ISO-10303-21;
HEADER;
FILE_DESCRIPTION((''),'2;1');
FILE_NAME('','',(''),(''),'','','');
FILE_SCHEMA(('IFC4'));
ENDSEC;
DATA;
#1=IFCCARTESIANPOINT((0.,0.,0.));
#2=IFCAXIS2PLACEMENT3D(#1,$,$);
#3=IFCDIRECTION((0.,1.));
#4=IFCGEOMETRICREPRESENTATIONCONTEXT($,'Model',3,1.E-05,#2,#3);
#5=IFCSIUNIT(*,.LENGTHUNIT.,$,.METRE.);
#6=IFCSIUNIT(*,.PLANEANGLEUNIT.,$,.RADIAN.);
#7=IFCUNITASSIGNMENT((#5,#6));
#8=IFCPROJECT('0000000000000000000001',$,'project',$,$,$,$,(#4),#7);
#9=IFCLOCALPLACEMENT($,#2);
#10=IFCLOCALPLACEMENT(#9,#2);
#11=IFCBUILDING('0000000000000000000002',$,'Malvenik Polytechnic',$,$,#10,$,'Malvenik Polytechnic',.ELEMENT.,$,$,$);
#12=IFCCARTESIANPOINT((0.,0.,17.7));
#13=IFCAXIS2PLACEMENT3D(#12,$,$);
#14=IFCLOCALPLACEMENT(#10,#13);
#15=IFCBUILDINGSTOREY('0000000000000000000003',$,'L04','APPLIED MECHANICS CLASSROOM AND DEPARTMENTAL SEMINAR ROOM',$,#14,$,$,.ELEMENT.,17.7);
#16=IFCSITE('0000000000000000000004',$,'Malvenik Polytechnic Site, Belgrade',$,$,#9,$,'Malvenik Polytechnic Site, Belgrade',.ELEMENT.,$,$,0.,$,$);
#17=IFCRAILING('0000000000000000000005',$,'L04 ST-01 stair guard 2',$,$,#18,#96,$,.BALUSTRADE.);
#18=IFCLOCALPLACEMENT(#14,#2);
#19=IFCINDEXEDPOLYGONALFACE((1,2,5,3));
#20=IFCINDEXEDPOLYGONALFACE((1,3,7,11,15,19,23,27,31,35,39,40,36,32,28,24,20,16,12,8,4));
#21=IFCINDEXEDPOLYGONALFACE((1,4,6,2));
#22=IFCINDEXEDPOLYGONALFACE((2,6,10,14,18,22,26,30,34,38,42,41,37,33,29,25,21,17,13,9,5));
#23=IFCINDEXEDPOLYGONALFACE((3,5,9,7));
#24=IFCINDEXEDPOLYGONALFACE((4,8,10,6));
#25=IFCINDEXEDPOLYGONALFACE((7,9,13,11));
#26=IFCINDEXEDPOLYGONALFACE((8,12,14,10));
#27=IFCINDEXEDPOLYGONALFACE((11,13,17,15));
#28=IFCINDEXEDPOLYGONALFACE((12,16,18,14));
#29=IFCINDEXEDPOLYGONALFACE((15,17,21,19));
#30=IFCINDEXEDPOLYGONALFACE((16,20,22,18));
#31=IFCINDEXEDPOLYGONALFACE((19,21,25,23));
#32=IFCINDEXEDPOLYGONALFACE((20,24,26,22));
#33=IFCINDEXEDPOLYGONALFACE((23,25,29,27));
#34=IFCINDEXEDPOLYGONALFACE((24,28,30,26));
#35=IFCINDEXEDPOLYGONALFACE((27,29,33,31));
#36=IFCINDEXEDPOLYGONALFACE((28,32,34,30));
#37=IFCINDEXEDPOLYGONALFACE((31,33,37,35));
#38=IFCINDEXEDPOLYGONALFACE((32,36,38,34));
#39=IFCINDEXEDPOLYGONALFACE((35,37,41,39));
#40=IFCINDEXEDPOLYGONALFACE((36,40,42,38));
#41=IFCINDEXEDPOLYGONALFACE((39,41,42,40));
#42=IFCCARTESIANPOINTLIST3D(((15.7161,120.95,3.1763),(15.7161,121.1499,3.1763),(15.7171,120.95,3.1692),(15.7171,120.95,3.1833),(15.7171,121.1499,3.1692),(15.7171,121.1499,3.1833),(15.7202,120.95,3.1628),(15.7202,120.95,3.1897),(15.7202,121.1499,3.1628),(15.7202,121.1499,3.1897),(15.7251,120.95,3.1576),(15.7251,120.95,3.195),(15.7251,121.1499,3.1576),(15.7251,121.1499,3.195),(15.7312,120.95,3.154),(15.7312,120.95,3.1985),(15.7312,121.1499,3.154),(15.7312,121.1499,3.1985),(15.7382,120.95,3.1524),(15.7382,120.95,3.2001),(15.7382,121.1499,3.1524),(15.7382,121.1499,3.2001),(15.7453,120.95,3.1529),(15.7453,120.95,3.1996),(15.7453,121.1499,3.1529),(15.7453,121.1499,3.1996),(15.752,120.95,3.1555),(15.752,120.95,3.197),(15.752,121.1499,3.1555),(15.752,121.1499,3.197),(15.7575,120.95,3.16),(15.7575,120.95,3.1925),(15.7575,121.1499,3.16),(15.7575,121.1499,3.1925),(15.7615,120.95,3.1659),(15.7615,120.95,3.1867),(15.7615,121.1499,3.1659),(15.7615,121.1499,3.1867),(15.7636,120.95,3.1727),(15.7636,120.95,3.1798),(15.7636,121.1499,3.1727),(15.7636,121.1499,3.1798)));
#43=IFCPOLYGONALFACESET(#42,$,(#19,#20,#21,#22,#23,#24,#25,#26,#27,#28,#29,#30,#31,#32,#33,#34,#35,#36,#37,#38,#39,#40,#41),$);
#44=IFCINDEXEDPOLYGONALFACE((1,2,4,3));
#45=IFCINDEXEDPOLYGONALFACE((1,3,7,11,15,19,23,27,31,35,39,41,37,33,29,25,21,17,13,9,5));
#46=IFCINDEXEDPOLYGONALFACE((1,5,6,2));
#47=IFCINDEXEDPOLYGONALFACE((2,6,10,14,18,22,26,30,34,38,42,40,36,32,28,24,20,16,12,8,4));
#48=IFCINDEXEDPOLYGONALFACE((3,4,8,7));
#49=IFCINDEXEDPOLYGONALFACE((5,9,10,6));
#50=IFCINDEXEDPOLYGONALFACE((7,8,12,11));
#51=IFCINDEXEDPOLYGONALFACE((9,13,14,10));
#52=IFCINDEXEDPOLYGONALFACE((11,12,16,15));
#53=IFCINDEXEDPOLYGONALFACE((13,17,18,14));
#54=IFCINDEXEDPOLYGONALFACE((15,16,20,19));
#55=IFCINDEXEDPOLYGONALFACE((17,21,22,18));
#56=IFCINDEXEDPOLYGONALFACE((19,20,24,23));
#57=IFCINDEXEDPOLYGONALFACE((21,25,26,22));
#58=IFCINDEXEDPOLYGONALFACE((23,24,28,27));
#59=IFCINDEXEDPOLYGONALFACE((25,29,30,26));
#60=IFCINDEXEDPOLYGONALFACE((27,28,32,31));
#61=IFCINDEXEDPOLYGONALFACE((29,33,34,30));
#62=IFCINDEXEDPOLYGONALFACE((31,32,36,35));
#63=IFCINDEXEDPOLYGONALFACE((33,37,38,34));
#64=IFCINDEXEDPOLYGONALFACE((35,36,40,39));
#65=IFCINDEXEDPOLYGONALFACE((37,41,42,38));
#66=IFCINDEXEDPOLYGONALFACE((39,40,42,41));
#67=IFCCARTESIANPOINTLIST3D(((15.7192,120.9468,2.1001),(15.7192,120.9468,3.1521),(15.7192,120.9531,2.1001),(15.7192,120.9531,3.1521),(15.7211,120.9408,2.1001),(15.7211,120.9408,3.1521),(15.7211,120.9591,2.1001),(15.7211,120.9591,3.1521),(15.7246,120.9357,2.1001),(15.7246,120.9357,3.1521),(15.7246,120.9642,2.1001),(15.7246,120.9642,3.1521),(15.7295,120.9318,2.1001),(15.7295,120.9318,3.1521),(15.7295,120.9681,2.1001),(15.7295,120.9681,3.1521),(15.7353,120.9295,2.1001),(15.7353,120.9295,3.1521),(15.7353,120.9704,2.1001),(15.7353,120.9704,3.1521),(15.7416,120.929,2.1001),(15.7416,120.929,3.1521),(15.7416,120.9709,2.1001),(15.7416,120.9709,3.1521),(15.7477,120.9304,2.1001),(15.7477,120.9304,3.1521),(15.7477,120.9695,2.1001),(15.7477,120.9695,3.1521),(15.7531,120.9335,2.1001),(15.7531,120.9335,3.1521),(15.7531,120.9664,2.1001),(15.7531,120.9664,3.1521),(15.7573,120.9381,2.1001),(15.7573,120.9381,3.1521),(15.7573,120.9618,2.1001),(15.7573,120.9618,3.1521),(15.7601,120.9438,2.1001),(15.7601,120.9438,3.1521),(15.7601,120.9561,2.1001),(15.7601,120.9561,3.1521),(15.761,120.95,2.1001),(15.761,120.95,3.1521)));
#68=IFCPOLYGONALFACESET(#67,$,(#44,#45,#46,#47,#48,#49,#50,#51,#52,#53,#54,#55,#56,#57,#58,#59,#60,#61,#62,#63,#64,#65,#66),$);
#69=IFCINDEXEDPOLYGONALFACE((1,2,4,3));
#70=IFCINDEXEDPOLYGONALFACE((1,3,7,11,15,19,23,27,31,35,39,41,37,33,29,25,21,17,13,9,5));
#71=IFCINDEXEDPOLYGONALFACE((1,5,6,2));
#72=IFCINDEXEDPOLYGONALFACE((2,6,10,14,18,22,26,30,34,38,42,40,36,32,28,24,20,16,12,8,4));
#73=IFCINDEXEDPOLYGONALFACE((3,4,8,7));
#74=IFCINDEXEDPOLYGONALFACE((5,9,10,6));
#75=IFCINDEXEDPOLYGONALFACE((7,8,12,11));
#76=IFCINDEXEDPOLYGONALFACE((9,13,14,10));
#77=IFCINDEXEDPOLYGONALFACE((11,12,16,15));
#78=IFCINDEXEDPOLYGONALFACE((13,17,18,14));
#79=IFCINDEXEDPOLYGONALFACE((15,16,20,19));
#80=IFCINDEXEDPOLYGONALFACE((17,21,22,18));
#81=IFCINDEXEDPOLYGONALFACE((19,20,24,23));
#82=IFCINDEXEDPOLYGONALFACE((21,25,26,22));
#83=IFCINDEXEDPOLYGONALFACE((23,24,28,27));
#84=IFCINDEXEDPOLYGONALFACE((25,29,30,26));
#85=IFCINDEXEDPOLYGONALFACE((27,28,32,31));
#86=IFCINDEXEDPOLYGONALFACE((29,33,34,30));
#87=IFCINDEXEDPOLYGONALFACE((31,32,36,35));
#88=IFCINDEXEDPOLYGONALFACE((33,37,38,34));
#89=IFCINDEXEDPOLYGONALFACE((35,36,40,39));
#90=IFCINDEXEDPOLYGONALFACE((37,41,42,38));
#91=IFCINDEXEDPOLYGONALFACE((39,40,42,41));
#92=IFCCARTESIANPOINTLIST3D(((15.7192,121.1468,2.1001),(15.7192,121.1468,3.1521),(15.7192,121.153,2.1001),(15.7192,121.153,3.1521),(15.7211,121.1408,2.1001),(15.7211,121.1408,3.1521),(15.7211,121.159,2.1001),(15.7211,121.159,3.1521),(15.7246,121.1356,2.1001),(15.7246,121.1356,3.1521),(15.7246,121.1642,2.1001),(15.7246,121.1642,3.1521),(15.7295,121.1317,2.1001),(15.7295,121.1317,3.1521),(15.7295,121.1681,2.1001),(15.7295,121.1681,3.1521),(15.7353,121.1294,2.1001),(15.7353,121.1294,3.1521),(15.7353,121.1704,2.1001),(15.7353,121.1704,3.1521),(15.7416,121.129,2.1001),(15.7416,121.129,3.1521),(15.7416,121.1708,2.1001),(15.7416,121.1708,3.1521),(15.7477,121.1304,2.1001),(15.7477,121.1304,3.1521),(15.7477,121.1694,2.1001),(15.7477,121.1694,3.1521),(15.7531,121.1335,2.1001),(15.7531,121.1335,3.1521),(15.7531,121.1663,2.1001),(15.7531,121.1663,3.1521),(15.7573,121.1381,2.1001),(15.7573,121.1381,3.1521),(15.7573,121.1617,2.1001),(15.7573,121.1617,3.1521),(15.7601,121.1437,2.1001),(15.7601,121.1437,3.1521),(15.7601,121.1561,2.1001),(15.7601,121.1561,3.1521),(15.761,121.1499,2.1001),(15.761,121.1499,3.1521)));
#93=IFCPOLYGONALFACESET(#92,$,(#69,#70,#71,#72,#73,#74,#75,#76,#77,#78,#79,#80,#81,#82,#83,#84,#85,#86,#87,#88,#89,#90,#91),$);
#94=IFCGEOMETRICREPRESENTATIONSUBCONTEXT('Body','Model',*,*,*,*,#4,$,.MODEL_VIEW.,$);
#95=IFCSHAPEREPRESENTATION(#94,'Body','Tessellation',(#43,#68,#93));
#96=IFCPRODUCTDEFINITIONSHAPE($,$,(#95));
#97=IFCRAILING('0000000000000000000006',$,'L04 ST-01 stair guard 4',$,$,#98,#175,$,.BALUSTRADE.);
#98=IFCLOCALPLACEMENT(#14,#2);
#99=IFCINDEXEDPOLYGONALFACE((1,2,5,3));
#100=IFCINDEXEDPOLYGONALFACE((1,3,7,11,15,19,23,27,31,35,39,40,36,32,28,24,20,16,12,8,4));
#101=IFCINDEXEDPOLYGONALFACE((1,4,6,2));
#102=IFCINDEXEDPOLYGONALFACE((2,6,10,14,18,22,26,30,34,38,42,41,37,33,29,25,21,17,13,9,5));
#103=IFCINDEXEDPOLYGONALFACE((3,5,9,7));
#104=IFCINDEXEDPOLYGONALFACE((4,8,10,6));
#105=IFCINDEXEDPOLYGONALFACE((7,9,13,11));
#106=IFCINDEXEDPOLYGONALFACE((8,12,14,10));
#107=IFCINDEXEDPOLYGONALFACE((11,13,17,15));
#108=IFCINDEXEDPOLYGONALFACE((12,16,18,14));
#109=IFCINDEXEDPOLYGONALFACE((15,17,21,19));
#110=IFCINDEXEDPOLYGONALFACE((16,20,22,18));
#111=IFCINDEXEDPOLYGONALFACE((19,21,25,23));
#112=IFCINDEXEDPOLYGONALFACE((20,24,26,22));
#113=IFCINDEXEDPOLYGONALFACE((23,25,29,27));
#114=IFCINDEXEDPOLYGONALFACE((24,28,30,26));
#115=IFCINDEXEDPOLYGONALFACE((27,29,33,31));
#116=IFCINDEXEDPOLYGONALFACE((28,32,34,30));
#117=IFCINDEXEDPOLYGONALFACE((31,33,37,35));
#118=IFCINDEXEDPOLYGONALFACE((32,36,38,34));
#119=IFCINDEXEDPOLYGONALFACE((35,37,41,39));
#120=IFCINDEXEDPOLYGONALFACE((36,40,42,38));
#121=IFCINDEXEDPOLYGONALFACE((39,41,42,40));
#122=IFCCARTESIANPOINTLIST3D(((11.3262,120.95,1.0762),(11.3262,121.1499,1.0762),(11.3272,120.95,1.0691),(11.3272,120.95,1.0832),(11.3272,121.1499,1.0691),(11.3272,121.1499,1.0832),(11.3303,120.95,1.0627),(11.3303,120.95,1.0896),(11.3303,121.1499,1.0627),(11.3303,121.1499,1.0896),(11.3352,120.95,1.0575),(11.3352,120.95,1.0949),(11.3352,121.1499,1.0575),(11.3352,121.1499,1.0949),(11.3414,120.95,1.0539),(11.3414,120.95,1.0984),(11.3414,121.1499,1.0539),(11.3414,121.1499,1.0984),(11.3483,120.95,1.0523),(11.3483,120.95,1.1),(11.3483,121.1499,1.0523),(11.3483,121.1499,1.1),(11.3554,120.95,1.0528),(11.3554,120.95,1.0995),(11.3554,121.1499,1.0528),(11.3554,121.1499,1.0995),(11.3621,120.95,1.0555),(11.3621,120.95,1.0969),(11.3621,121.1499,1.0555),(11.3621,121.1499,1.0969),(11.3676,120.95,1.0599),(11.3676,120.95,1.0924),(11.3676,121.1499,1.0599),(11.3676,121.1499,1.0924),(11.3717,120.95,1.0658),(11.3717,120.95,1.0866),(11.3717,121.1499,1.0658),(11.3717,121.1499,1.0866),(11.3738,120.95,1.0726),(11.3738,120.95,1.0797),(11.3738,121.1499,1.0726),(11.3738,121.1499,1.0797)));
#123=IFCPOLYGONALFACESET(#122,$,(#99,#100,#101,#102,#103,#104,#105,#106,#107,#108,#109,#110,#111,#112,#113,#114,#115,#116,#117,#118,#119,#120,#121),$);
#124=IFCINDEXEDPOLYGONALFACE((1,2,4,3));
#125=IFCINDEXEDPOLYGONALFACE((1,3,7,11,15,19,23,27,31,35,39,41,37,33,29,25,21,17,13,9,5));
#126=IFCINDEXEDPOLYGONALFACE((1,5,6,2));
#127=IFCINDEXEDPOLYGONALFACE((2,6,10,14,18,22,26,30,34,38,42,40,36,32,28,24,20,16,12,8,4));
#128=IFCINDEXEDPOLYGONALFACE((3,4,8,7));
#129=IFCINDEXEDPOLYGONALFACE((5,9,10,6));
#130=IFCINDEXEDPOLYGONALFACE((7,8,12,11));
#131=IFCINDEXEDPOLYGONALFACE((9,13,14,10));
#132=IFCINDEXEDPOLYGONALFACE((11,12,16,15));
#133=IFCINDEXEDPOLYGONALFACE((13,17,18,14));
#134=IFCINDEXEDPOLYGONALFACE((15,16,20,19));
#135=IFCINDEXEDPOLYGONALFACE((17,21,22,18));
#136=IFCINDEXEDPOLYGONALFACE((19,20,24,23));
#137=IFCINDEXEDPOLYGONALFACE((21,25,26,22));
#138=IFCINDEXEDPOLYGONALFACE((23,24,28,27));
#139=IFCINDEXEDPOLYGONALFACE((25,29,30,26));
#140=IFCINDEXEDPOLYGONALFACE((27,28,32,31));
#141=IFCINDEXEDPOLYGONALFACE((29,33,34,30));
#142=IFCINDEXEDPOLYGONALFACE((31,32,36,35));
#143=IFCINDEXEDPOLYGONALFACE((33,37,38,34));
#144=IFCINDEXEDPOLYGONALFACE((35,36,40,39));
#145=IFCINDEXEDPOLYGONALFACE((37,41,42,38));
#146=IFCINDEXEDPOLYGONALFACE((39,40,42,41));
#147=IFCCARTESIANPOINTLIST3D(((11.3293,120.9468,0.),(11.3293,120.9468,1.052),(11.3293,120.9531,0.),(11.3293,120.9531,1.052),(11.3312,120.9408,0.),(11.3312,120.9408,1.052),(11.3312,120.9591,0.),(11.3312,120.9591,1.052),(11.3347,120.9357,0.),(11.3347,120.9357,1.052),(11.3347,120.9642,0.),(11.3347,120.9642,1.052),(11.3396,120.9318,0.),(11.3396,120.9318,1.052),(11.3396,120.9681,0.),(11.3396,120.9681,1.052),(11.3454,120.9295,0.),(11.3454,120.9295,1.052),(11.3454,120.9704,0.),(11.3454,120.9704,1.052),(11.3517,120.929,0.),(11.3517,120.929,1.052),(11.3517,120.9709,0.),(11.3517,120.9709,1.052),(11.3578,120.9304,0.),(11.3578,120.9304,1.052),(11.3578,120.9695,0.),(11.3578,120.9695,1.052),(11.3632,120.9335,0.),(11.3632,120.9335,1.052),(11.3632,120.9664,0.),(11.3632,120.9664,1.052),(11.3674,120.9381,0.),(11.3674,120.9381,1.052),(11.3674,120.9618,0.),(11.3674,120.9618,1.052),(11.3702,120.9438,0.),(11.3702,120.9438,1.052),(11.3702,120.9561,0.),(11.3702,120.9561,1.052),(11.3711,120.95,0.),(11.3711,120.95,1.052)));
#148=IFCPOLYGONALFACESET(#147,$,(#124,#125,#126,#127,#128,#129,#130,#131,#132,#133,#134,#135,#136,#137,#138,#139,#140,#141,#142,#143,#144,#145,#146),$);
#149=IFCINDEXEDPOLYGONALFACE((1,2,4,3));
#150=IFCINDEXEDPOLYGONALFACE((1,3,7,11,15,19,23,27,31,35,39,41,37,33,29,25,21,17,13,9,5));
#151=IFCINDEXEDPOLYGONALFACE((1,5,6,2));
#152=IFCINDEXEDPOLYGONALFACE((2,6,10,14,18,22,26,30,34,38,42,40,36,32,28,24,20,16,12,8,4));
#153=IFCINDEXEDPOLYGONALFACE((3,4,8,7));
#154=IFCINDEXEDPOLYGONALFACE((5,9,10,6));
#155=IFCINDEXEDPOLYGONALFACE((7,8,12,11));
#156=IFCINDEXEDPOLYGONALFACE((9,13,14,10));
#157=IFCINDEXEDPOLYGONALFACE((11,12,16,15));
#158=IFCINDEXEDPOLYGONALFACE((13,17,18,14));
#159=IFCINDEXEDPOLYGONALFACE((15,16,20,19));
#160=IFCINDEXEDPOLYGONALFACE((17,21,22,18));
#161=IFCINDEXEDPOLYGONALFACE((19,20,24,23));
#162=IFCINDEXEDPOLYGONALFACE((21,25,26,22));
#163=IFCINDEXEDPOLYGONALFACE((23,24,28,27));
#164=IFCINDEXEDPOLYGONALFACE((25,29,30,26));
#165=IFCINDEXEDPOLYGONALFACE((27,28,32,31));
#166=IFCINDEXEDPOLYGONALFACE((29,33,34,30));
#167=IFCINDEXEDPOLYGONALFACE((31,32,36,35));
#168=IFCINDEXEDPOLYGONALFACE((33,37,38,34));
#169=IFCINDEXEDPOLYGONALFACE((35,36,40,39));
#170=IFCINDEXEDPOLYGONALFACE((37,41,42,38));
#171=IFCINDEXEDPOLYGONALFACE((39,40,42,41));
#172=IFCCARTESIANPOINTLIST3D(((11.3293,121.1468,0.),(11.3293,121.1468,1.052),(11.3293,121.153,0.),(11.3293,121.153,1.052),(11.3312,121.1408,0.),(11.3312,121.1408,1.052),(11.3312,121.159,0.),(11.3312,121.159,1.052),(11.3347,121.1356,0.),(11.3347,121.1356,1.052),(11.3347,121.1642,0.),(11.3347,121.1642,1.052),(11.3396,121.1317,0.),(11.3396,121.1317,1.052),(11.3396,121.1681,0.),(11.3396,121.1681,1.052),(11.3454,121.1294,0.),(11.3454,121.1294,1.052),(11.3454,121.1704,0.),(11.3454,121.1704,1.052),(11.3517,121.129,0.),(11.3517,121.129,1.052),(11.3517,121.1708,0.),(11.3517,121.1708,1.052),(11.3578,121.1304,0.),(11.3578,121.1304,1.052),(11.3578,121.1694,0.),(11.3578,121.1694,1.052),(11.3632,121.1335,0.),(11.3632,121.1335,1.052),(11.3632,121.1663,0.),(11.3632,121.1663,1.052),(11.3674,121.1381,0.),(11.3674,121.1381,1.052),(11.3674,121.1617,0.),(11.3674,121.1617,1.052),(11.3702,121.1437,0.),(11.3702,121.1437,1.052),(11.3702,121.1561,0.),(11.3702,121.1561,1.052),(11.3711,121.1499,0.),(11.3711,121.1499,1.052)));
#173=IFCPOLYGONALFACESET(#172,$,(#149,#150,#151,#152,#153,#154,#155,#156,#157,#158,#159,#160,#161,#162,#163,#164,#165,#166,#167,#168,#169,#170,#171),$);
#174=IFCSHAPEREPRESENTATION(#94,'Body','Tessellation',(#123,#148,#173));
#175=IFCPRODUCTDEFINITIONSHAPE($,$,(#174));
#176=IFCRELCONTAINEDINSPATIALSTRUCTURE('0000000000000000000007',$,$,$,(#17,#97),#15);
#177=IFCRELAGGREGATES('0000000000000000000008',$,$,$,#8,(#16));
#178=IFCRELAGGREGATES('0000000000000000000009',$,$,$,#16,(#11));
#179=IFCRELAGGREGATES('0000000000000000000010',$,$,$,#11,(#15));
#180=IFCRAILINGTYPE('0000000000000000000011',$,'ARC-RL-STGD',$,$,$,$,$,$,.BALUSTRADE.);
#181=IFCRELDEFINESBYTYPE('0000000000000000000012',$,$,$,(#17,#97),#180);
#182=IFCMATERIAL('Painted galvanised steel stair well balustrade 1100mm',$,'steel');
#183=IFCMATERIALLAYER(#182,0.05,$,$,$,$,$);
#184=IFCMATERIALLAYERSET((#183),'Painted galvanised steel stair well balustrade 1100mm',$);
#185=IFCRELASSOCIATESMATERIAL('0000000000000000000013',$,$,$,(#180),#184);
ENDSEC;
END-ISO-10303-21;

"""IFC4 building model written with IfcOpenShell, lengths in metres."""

from ifc_helpers import new_model, si_unit, direction, frame, origin, origin_2d, place, context, subcontext, project, spatial, circle, extrude, material, layer, layer_set, type_object, element, save


model = new_model("IFC4")

# Units and contexts
model_context = context("Model", 3, precision=1e-05, world=origin(), true_north=direction((0.0, 1.0)))
body_context = subcontext(model_context, "Body", "Model", "MODEL_VIEW")
ifc_project = project(units=[si_unit("LENGTHUNIT", "METRE"), si_unit("PLANEANGLEUNIT", "RADIAN")], contexts=[model_context])

# Site, building, storey
site_placement = place(None, origin())
site = spatial("IfcSite", under=ifc_project, at=site_placement, Name="Malvenik Polytechnic Site, Belgrade", LongName="Malvenik Polytechnic Site, Belgrade", CompositionType="ELEMENT", RefElevation=0.0)
building_placement = place(site_placement, origin())
building = spatial("IfcBuilding", under=site, at=building_placement, Name="Malvenik Polytechnic", LongName="Malvenik Polytechnic", CompositionType="ELEMENT")
storey_placement = place(building_placement, frame((0.0, 0.0, 17.7)))
storey = spatial("IfcBuildingStorey", under=building, at=storey_placement, Name="L04", Description="APPLIED MECHANICS CLASSROOM AND DEPARTMENTAL SEMINAR ROOM", CompositionType="ELEMENT", Elevation=17.7)

# Railings
ifc_material_1 = material(Name="Painted galvanised steel stair well balustrade 1100mm", Category="steel")
ifc_layer_1 = layer(ifc_material_1, 0.05)
ifc_layer_set_1 = layer_set([ifc_layer_1], Name="Painted galvanised steel stair well balustrade 1100mm")
railing_type_1 = type_object("IfcRailingType", Name="ARC-RL-STGD", PredefinedType="BALUSTRADE", material=ifc_layer_set_1)
for number, where, name in (
    (1, (15.74, 120.95, 2.1001), "L04 ST-01 stair guard 2"),
    (2, (11.3501, 120.95, 0.0), "L04 ST-01 stair guard 4"),
):
    element("IfcRailing", number, at=place(storey_placement, frame(where)), inside=storey, type_object=railing_type_1, Name=name, PredefinedType="BALUSTRADE", context=body_context, shape_type="SweptSolid", body=[
        extrude(circle(Radius=0.0239, at=origin_2d()), frame((0.0, 0.0, 1.0762), z_axis=(0.0, 1.0, 0.0), x_axis=(-1.0, 0.0, 0.0)), (0.0, 0.0, 1.0), 0.2),
        extrude(circle(Radius=0.021, at=origin_2d()), origin(), (0.0, 0.0, 1.0), 1.052),
        extrude(circle(Radius=0.021, at=origin_2d()), frame((0.0, 0.2, 0.0)), (0.0, 0.0, 1.0), 1.052),
    ])

save(model, "model.ifc")
